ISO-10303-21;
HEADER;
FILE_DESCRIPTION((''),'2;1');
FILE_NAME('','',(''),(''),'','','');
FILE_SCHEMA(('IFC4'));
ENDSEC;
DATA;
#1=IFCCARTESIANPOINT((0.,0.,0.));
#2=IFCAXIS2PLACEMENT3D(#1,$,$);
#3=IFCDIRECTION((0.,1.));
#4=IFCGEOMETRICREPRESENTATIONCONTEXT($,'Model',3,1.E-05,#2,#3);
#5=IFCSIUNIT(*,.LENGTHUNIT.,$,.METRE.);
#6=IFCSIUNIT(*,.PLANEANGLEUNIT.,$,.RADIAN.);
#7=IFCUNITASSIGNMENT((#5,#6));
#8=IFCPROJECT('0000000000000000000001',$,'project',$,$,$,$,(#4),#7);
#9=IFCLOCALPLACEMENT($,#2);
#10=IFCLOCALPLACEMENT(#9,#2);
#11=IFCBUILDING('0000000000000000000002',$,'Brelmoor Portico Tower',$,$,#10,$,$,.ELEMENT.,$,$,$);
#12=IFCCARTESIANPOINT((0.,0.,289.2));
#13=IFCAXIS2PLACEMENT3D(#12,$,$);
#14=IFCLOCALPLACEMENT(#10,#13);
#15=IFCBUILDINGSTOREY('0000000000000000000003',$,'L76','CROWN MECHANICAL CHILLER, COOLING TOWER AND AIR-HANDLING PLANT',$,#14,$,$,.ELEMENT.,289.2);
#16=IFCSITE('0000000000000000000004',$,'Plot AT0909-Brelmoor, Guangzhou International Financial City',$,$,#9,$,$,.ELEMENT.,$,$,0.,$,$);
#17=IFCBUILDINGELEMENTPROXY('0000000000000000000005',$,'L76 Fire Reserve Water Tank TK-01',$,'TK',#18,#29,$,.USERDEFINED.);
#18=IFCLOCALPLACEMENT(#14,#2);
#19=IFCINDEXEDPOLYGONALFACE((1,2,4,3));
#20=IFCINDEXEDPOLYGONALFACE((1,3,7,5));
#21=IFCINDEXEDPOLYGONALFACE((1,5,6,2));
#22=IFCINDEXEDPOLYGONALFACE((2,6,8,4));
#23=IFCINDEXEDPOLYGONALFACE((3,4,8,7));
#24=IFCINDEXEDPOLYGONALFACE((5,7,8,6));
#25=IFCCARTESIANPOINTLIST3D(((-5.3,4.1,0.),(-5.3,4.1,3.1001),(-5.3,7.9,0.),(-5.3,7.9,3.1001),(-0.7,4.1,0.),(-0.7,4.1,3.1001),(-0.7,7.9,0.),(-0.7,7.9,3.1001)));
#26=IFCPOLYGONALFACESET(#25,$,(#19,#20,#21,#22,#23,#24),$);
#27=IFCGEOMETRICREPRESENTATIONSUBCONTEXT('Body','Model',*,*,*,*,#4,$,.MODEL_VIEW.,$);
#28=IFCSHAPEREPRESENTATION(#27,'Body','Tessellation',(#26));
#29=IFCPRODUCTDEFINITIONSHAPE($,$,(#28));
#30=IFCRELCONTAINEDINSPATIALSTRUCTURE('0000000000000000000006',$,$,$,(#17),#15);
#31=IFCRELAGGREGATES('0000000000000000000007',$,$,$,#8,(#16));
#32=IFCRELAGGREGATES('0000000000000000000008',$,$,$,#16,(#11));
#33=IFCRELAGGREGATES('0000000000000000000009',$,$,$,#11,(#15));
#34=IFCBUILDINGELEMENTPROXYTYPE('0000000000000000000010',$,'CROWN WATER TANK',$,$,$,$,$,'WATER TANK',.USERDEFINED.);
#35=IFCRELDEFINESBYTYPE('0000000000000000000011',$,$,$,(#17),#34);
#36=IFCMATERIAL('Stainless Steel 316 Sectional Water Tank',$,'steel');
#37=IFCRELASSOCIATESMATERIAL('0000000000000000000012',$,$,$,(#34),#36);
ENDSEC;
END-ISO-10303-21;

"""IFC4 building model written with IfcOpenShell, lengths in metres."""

from ifc_helpers import new_model, si_unit, direction, frame, origin, origin_2d, place, context, subcontext, project, spatial, rectangle, extrude, material, type_object, element, save


model = new_model("IFC4")

# Units and contexts
model_context = context("Model", 3, precision=1e-05, world=origin(), true_north=direction((0.0, 1.0)))
body_context = subcontext(model_context, "Body", "Model", "MODEL_VIEW")
ifc_project = project(units=[si_unit("LENGTHUNIT", "METRE"), si_unit("PLANEANGLEUNIT", "RADIAN")], contexts=[model_context])

# Site, building, storey
site_placement = place(None, origin())
site = spatial("IfcSite", under=ifc_project, at=site_placement, Name="Plot AT0909-Brelmoor, Guangzhou International Financial City", CompositionType="ELEMENT", RefElevation=0.0)
building_placement = place(site_placement, origin())
building = spatial("IfcBuilding", under=site, at=building_placement, Name="Brelmoor Portico Tower", CompositionType="ELEMENT")
storey_placement = place(building_placement, frame((0.0, 0.0, 289.2)))
storey = spatial("IfcBuildingStorey", under=building, at=storey_placement, Name="L76", Description="CROWN MECHANICAL CHILLER, COOLING TOWER AND AIR-HANDLING PLANT", CompositionType="ELEMENT", Elevation=289.2)

# Building element proxy
ifc_material_1 = material(Name="Stainless Steel 316 Sectional Water Tank", Category="steel")
building_element_proxy_type = type_object("IfcBuildingElementProxyType", Name="CROWN WATER TANK", ElementType="WATER TANK", PredefinedType="USERDEFINED", material=ifc_material_1)
proxy_placement = place(storey_placement, frame((-3.0, 6.0, 0.0), z_axis=(0.0, 0.0, 1.0), x_axis=(1.0, 0.0, 0.0)))
element("IfcBuildingElementProxy", 1, at=proxy_placement, inside=storey, type_object=building_element_proxy_type, Name="L76 Fire Reserve Water Tank TK-01", ObjectType="TK", PredefinedType="USERDEFINED", context=body_context, shape_type="SweptSolid", body=[
    extrude(rectangle(XDim=4.6001, YDim=3.8, at=origin_2d()), origin(), (0.0, 0.0, 1.0), 3.1001),
])

save(model, "model.ifc")
